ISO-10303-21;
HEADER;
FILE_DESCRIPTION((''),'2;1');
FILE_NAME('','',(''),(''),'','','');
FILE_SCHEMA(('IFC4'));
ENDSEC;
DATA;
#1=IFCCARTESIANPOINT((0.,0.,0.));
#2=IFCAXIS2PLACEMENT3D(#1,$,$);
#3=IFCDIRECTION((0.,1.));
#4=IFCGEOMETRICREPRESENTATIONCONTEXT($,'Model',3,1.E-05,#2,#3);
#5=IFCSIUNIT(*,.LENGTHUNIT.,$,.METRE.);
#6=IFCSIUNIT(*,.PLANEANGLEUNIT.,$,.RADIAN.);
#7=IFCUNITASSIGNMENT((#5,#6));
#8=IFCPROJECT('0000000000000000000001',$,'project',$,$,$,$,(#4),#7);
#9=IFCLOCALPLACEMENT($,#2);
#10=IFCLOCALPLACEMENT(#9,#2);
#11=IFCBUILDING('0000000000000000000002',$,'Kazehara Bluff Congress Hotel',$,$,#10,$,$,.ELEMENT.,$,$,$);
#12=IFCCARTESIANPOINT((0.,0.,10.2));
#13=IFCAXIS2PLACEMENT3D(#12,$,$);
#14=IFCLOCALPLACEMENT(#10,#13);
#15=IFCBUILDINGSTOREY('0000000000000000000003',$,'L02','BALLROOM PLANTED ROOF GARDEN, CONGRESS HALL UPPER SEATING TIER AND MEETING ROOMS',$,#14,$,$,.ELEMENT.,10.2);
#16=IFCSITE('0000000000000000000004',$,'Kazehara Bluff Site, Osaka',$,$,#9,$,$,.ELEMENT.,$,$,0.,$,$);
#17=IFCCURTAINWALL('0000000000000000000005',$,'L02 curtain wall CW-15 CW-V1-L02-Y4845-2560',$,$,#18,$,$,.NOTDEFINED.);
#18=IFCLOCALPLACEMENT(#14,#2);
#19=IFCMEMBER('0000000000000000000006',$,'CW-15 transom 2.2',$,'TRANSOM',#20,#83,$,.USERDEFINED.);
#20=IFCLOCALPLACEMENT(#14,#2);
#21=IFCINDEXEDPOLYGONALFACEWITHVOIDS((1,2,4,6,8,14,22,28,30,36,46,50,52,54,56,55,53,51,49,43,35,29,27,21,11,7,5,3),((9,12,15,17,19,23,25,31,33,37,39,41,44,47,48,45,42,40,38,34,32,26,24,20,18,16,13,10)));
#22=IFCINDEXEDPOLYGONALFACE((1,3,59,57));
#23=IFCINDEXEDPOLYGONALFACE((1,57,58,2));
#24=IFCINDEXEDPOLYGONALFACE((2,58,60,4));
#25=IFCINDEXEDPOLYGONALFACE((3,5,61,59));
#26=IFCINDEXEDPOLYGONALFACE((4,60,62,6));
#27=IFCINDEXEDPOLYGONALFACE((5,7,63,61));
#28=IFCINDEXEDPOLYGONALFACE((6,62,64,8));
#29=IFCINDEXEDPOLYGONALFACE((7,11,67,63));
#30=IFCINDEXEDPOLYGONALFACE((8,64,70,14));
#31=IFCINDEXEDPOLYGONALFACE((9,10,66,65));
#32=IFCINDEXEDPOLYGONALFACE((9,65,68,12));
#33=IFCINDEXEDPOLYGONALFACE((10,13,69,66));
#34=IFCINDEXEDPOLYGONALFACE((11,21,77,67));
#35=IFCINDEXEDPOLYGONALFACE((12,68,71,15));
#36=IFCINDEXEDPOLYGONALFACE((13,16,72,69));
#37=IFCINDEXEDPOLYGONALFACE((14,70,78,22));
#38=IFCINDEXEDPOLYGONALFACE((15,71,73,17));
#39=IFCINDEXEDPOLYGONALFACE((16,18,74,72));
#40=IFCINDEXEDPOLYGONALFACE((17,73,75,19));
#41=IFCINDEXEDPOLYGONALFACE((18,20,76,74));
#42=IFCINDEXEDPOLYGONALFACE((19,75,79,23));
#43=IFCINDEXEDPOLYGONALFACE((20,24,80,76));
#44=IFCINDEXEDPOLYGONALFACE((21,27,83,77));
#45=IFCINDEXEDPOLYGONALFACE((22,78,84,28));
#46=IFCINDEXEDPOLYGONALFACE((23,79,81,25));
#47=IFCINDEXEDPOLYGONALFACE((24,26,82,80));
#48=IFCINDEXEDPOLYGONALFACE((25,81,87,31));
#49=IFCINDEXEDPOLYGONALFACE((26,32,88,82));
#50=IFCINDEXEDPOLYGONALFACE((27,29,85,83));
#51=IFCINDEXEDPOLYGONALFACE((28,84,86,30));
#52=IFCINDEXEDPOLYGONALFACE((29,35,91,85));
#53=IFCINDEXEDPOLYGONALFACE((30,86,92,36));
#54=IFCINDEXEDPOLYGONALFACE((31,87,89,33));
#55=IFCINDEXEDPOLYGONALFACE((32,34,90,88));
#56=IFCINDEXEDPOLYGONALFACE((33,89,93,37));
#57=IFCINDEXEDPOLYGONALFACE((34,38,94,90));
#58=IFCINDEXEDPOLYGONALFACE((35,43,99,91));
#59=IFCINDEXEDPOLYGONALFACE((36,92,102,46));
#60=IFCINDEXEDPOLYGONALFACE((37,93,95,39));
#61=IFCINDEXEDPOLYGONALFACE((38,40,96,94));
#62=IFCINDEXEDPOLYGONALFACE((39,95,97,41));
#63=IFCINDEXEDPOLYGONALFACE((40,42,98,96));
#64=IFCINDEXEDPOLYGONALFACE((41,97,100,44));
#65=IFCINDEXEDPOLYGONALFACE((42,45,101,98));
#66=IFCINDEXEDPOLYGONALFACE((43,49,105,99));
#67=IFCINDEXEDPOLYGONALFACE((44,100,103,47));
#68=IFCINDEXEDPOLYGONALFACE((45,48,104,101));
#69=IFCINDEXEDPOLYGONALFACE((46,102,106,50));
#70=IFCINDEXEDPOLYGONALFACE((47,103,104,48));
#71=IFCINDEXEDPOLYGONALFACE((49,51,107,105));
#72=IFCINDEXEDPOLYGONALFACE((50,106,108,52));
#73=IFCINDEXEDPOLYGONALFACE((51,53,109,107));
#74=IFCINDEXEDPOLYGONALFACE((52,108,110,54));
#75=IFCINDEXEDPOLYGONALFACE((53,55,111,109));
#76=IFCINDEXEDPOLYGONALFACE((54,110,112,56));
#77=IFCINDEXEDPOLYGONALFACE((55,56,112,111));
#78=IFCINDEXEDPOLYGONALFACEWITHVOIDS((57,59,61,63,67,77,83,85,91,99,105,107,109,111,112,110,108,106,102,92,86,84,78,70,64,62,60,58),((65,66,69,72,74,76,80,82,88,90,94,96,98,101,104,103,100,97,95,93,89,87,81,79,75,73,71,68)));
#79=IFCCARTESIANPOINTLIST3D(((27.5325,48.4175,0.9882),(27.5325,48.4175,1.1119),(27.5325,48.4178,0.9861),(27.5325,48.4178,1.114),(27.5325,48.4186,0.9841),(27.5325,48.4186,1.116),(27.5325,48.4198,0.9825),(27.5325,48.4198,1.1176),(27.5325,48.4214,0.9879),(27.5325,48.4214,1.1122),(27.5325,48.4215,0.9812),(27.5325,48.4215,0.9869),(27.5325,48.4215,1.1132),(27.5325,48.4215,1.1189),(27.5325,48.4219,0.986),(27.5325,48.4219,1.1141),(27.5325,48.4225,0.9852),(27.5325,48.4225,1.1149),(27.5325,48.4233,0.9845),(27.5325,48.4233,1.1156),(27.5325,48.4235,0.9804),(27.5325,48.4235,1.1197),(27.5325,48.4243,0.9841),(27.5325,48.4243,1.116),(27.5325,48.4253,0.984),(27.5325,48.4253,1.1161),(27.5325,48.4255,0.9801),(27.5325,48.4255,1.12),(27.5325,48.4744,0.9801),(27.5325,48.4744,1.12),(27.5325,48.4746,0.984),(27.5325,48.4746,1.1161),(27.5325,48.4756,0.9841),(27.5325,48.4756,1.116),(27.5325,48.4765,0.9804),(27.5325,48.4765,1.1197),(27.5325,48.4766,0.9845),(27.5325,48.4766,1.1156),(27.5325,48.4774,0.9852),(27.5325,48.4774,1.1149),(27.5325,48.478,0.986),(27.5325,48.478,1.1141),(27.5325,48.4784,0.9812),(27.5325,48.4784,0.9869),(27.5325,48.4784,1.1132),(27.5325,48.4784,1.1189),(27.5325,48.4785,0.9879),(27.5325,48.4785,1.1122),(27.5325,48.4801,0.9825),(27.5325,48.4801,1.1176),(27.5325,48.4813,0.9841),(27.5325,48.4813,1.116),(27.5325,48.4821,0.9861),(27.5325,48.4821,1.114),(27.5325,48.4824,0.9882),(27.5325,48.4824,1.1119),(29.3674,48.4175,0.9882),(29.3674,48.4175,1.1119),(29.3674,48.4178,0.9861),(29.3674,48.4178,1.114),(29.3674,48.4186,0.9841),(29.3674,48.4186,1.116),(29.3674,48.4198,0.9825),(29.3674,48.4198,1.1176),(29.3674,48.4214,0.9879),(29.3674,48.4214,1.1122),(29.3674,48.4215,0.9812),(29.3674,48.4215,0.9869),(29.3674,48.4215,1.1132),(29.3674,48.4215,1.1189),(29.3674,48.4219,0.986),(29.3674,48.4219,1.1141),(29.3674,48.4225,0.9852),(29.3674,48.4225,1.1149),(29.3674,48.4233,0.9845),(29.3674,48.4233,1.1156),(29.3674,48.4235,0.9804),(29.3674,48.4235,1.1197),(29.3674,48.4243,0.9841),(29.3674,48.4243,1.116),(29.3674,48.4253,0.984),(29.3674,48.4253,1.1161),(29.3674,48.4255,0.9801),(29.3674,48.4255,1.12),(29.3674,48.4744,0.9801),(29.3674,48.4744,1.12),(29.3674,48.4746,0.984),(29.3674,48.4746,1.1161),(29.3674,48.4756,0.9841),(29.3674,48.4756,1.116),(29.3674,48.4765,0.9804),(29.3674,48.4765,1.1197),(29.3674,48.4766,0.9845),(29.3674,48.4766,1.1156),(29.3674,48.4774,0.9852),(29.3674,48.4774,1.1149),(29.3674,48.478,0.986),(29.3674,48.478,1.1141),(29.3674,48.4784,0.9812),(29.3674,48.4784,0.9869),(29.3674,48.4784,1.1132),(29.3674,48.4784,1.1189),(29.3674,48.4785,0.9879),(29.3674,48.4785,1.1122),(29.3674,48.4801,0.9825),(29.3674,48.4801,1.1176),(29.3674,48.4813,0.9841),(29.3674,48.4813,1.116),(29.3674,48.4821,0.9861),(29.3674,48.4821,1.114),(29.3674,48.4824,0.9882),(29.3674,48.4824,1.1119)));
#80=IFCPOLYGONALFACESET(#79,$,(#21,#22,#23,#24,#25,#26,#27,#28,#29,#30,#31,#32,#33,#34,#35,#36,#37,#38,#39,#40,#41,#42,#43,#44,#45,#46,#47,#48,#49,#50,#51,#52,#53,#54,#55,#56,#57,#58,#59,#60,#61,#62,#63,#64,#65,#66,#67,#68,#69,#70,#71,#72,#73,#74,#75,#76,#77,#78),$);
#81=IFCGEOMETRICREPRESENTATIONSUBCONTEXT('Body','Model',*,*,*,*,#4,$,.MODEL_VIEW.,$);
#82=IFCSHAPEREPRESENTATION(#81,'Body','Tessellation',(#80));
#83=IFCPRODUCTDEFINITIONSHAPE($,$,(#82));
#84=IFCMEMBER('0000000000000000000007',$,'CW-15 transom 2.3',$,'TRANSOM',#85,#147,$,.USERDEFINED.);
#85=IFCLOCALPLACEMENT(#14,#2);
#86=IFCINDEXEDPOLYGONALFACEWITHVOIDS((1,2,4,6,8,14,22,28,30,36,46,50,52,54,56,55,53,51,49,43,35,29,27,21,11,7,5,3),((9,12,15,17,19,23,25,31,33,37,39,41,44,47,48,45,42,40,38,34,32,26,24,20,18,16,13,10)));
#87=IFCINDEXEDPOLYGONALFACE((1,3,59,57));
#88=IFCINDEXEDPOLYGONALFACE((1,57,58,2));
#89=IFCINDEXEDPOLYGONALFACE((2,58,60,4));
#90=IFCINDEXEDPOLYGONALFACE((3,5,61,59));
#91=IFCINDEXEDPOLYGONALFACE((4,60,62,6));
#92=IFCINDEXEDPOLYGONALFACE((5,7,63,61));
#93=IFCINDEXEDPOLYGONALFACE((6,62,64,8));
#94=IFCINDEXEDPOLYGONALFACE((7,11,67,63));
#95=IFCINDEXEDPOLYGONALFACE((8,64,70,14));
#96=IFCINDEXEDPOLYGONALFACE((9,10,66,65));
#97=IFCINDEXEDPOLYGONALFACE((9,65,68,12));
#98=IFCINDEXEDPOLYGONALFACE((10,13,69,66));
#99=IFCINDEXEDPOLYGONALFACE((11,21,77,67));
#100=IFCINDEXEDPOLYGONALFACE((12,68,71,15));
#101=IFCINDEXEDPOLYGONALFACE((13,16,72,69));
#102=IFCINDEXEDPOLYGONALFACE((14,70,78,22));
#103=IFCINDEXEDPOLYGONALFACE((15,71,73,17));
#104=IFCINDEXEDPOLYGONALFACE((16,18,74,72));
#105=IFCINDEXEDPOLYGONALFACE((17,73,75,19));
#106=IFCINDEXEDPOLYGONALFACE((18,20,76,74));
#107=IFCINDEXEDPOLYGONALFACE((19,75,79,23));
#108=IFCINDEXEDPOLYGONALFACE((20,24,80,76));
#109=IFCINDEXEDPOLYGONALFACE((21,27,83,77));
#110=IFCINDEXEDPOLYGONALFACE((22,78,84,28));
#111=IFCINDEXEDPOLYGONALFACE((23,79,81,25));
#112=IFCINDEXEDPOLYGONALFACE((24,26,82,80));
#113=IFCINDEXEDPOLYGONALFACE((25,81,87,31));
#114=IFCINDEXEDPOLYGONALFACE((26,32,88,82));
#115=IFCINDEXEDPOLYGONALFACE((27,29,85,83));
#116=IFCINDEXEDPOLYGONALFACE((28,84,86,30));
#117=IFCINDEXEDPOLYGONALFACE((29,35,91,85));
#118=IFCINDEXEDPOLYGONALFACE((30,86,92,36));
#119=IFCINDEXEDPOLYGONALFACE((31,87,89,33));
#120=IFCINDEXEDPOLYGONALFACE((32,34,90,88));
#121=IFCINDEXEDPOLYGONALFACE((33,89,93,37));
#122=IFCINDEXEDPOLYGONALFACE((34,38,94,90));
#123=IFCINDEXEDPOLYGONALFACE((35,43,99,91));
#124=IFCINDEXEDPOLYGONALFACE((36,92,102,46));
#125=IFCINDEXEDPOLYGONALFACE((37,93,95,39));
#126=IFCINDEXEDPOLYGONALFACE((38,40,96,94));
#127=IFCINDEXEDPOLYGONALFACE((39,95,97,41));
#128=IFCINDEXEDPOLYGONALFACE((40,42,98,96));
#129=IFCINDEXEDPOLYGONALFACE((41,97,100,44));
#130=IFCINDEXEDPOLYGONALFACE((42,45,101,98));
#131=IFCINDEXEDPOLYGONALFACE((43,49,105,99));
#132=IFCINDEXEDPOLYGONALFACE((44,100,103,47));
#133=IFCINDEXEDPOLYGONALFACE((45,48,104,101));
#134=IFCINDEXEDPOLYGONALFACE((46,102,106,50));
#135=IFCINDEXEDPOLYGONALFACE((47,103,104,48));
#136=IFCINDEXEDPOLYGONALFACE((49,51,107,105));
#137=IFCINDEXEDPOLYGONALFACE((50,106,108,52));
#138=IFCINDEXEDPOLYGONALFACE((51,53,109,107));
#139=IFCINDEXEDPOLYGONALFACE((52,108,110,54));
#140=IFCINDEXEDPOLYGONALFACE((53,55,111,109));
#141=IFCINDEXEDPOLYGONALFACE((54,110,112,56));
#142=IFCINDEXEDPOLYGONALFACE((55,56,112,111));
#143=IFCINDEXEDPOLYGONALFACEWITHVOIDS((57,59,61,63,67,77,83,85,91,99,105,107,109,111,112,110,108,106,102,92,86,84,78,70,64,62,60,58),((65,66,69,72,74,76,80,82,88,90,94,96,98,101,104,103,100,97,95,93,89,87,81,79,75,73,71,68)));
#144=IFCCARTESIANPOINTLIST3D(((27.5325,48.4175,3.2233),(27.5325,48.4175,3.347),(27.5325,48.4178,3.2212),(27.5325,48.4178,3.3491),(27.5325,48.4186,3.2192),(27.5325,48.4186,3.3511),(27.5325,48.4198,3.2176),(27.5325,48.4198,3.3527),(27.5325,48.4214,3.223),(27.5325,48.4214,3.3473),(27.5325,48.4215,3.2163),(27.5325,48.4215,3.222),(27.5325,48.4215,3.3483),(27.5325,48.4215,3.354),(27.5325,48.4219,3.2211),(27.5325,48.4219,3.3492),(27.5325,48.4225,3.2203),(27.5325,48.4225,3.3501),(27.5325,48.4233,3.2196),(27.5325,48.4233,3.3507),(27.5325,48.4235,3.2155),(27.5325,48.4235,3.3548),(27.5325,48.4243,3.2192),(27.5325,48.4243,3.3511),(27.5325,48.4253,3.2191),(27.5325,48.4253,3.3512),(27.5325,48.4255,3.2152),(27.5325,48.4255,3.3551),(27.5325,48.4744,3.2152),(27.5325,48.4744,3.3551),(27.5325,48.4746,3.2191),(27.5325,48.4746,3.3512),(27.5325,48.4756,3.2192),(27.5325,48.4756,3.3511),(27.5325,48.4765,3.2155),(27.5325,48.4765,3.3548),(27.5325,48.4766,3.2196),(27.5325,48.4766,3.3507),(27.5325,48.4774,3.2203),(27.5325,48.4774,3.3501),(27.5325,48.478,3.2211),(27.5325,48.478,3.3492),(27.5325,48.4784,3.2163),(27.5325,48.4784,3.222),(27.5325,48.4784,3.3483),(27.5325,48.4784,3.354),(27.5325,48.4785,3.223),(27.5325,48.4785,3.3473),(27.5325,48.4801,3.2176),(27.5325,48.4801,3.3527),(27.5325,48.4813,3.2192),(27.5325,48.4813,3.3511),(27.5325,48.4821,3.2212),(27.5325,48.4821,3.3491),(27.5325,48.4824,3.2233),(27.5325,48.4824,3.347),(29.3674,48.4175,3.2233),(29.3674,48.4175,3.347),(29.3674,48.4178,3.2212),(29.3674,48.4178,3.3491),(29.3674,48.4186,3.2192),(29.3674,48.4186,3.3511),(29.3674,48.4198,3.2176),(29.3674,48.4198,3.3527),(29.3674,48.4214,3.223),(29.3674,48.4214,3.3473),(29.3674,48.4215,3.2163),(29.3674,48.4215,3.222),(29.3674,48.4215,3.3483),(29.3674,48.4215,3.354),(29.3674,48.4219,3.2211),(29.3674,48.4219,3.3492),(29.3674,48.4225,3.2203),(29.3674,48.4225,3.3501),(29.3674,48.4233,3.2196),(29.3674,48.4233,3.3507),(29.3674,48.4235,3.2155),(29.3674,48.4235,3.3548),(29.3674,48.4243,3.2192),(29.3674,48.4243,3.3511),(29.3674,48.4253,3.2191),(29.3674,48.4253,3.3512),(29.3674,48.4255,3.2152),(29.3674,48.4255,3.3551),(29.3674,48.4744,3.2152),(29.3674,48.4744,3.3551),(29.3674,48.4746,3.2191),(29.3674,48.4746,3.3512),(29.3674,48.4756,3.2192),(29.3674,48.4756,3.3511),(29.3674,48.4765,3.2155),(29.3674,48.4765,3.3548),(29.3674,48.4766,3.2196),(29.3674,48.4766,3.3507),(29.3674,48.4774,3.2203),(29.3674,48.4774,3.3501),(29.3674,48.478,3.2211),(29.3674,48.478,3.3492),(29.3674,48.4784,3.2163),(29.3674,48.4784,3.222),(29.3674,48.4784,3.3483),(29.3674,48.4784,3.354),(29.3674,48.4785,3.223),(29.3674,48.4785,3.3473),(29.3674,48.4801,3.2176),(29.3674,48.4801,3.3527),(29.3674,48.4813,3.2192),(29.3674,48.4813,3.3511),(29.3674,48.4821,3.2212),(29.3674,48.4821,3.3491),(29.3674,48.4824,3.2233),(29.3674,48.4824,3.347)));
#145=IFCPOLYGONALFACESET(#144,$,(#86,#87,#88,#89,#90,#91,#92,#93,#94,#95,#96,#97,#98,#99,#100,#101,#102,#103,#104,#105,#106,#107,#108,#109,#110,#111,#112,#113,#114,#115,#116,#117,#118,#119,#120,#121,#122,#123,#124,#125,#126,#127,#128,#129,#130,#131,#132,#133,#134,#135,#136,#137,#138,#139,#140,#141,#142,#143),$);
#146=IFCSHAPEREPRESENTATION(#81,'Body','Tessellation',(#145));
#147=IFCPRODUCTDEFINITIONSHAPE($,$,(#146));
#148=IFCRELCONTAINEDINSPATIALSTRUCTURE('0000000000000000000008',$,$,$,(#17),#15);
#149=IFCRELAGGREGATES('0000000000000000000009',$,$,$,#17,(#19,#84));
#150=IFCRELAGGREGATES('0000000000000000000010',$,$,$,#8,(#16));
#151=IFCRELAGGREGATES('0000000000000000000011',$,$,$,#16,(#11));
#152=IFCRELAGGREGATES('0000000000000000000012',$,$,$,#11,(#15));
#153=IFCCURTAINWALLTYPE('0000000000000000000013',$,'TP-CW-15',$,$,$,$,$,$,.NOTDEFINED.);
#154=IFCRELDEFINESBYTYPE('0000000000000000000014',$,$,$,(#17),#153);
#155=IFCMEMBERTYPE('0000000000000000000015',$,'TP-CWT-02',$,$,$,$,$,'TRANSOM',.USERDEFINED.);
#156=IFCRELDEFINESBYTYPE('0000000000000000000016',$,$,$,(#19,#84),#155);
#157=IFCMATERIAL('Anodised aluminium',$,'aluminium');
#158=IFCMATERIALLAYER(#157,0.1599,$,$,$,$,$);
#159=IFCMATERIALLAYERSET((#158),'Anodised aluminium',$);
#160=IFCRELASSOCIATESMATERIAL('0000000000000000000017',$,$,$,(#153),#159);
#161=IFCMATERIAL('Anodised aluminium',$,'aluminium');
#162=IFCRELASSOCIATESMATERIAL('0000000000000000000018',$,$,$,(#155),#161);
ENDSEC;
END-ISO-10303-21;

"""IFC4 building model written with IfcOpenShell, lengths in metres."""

from ifc_helpers import new_model, si_unit, direction, frame, origin, origin_2d, place, context, subcontext, project, spatial, hollow_rectangle, extrude, material, layer, layer_set, material_profile, profile_set, type_object, element, aggregate, save


model = new_model("IFC4")

# Units and contexts
model_context = context("Model", 3, precision=1e-05, world=origin(), true_north=direction((0.0, 1.0)))
body_context = subcontext(model_context, "Body", "Model", "MODEL_VIEW")
ifc_project = project(units=[si_unit("LENGTHUNIT", "METRE"), si_unit("PLANEANGLEUNIT", "RADIAN")], contexts=[model_context])

# Site, building, storey
site_placement = place(None, origin())
site = spatial("IfcSite", under=ifc_project, at=site_placement, Name="Kazehara Bluff Site, Osaka", CompositionType="ELEMENT", RefElevation=0.0)
building_placement = place(site_placement, origin())
building = spatial("IfcBuilding", under=site, at=building_placement, Name="Kazehara Bluff Congress Hotel", CompositionType="ELEMENT")
storey_placement = place(building_placement, frame((0.0, 0.0, 10.2)))
storey = spatial("IfcBuildingStorey", under=building, at=storey_placement, Name="L02", Description="BALLROOM PLANTED ROOF GARDEN, CONGRESS HALL UPPER SEATING TIER AND MEETING ROOMS", CompositionType="ELEMENT", Elevation=10.2)

# Curtain wall, members
ifc_material_1 = material(Name="Anodised aluminium", Category="aluminium")
ifc_layer_1 = layer(ifc_material_1, 0.1599)
ifc_layer_set_1 = layer_set([ifc_layer_1], Name="Anodised aluminium")
curtain_wall_type_1 = type_object("IfcCurtainWallType", Name="TP-CW-15", PredefinedType="NOTDEFINED", material=ifc_layer_set_1)
curtain_wall_1_placement = place(storey_placement, origin())
curtain_wall_1 = element("IfcCurtainWall", 1, at=curtain_wall_1_placement, inside=storey, type_object=curtain_wall_type_1, Name="L02 curtain wall CW-15 CW-V1-L02-Y4845-2560", PredefinedType="NOTDEFINED")
ifc_material_2 = material(Name="Anodised aluminium", Category="aluminium")
ifc_material_profile_1 = material_profile(ifc_material_2, hollow_rectangle(XDim=0.0649, YDim=0.1399, WallThickness=0.0039, InnerFilletRadius=0.0039, OuterFilletRadius=0.0081, at=origin_2d()))
ifc_profile_set_1 = profile_set([ifc_material_profile_1], Name="Anodised aluminium")
member_type_1 = type_object("IfcMemberType", Name="TP-CWT-02", ElementType="TRANSOM", PredefinedType="USERDEFINED", material=ifc_profile_set_1)
member_1_placement = place(storey_placement, frame((27.5325, 48.45, 1.05), z_axis=(1.0, 0.0, 0.0), x_axis=(0.0, 1.0, 0.0)))
member_1 = element("IfcMember", 2, at=member_1_placement, type_object=member_type_1, Name="CW-15 transom 2.2", ObjectType="TRANSOM", PredefinedType="USERDEFINED", context=body_context, shape_type="SweptSolid", body=[
    extrude(hollow_rectangle(XDim=0.0649, YDim=0.1399, WallThickness=0.0039, InnerFilletRadius=0.0039, OuterFilletRadius=0.0081, at=origin_2d()), origin(), (0.0, 0.0, 1.0), 1.835),
])
member_2_placement = place(storey_placement, frame((27.5325, 48.45, 3.2852), z_axis=(1.0, 0.0, 0.0), x_axis=(0.0, 1.0, 0.0)))
member_2 = element("IfcMember", 3, at=member_2_placement, type_object=member_type_1, Name="CW-15 transom 2.3", ObjectType="TRANSOM", PredefinedType="USERDEFINED", context=body_context, shape_type="SweptSolid", body=[
    extrude(hollow_rectangle(XDim=0.0649, YDim=0.1399, WallThickness=0.0039, InnerFilletRadius=0.0039, OuterFilletRadius=0.0081, at=origin_2d()), origin(), (0.0, 0.0, 1.0), 1.835),
])

aggregate(curtain_wall_1, [member_1, member_2])

save(model, "model.ifc")
